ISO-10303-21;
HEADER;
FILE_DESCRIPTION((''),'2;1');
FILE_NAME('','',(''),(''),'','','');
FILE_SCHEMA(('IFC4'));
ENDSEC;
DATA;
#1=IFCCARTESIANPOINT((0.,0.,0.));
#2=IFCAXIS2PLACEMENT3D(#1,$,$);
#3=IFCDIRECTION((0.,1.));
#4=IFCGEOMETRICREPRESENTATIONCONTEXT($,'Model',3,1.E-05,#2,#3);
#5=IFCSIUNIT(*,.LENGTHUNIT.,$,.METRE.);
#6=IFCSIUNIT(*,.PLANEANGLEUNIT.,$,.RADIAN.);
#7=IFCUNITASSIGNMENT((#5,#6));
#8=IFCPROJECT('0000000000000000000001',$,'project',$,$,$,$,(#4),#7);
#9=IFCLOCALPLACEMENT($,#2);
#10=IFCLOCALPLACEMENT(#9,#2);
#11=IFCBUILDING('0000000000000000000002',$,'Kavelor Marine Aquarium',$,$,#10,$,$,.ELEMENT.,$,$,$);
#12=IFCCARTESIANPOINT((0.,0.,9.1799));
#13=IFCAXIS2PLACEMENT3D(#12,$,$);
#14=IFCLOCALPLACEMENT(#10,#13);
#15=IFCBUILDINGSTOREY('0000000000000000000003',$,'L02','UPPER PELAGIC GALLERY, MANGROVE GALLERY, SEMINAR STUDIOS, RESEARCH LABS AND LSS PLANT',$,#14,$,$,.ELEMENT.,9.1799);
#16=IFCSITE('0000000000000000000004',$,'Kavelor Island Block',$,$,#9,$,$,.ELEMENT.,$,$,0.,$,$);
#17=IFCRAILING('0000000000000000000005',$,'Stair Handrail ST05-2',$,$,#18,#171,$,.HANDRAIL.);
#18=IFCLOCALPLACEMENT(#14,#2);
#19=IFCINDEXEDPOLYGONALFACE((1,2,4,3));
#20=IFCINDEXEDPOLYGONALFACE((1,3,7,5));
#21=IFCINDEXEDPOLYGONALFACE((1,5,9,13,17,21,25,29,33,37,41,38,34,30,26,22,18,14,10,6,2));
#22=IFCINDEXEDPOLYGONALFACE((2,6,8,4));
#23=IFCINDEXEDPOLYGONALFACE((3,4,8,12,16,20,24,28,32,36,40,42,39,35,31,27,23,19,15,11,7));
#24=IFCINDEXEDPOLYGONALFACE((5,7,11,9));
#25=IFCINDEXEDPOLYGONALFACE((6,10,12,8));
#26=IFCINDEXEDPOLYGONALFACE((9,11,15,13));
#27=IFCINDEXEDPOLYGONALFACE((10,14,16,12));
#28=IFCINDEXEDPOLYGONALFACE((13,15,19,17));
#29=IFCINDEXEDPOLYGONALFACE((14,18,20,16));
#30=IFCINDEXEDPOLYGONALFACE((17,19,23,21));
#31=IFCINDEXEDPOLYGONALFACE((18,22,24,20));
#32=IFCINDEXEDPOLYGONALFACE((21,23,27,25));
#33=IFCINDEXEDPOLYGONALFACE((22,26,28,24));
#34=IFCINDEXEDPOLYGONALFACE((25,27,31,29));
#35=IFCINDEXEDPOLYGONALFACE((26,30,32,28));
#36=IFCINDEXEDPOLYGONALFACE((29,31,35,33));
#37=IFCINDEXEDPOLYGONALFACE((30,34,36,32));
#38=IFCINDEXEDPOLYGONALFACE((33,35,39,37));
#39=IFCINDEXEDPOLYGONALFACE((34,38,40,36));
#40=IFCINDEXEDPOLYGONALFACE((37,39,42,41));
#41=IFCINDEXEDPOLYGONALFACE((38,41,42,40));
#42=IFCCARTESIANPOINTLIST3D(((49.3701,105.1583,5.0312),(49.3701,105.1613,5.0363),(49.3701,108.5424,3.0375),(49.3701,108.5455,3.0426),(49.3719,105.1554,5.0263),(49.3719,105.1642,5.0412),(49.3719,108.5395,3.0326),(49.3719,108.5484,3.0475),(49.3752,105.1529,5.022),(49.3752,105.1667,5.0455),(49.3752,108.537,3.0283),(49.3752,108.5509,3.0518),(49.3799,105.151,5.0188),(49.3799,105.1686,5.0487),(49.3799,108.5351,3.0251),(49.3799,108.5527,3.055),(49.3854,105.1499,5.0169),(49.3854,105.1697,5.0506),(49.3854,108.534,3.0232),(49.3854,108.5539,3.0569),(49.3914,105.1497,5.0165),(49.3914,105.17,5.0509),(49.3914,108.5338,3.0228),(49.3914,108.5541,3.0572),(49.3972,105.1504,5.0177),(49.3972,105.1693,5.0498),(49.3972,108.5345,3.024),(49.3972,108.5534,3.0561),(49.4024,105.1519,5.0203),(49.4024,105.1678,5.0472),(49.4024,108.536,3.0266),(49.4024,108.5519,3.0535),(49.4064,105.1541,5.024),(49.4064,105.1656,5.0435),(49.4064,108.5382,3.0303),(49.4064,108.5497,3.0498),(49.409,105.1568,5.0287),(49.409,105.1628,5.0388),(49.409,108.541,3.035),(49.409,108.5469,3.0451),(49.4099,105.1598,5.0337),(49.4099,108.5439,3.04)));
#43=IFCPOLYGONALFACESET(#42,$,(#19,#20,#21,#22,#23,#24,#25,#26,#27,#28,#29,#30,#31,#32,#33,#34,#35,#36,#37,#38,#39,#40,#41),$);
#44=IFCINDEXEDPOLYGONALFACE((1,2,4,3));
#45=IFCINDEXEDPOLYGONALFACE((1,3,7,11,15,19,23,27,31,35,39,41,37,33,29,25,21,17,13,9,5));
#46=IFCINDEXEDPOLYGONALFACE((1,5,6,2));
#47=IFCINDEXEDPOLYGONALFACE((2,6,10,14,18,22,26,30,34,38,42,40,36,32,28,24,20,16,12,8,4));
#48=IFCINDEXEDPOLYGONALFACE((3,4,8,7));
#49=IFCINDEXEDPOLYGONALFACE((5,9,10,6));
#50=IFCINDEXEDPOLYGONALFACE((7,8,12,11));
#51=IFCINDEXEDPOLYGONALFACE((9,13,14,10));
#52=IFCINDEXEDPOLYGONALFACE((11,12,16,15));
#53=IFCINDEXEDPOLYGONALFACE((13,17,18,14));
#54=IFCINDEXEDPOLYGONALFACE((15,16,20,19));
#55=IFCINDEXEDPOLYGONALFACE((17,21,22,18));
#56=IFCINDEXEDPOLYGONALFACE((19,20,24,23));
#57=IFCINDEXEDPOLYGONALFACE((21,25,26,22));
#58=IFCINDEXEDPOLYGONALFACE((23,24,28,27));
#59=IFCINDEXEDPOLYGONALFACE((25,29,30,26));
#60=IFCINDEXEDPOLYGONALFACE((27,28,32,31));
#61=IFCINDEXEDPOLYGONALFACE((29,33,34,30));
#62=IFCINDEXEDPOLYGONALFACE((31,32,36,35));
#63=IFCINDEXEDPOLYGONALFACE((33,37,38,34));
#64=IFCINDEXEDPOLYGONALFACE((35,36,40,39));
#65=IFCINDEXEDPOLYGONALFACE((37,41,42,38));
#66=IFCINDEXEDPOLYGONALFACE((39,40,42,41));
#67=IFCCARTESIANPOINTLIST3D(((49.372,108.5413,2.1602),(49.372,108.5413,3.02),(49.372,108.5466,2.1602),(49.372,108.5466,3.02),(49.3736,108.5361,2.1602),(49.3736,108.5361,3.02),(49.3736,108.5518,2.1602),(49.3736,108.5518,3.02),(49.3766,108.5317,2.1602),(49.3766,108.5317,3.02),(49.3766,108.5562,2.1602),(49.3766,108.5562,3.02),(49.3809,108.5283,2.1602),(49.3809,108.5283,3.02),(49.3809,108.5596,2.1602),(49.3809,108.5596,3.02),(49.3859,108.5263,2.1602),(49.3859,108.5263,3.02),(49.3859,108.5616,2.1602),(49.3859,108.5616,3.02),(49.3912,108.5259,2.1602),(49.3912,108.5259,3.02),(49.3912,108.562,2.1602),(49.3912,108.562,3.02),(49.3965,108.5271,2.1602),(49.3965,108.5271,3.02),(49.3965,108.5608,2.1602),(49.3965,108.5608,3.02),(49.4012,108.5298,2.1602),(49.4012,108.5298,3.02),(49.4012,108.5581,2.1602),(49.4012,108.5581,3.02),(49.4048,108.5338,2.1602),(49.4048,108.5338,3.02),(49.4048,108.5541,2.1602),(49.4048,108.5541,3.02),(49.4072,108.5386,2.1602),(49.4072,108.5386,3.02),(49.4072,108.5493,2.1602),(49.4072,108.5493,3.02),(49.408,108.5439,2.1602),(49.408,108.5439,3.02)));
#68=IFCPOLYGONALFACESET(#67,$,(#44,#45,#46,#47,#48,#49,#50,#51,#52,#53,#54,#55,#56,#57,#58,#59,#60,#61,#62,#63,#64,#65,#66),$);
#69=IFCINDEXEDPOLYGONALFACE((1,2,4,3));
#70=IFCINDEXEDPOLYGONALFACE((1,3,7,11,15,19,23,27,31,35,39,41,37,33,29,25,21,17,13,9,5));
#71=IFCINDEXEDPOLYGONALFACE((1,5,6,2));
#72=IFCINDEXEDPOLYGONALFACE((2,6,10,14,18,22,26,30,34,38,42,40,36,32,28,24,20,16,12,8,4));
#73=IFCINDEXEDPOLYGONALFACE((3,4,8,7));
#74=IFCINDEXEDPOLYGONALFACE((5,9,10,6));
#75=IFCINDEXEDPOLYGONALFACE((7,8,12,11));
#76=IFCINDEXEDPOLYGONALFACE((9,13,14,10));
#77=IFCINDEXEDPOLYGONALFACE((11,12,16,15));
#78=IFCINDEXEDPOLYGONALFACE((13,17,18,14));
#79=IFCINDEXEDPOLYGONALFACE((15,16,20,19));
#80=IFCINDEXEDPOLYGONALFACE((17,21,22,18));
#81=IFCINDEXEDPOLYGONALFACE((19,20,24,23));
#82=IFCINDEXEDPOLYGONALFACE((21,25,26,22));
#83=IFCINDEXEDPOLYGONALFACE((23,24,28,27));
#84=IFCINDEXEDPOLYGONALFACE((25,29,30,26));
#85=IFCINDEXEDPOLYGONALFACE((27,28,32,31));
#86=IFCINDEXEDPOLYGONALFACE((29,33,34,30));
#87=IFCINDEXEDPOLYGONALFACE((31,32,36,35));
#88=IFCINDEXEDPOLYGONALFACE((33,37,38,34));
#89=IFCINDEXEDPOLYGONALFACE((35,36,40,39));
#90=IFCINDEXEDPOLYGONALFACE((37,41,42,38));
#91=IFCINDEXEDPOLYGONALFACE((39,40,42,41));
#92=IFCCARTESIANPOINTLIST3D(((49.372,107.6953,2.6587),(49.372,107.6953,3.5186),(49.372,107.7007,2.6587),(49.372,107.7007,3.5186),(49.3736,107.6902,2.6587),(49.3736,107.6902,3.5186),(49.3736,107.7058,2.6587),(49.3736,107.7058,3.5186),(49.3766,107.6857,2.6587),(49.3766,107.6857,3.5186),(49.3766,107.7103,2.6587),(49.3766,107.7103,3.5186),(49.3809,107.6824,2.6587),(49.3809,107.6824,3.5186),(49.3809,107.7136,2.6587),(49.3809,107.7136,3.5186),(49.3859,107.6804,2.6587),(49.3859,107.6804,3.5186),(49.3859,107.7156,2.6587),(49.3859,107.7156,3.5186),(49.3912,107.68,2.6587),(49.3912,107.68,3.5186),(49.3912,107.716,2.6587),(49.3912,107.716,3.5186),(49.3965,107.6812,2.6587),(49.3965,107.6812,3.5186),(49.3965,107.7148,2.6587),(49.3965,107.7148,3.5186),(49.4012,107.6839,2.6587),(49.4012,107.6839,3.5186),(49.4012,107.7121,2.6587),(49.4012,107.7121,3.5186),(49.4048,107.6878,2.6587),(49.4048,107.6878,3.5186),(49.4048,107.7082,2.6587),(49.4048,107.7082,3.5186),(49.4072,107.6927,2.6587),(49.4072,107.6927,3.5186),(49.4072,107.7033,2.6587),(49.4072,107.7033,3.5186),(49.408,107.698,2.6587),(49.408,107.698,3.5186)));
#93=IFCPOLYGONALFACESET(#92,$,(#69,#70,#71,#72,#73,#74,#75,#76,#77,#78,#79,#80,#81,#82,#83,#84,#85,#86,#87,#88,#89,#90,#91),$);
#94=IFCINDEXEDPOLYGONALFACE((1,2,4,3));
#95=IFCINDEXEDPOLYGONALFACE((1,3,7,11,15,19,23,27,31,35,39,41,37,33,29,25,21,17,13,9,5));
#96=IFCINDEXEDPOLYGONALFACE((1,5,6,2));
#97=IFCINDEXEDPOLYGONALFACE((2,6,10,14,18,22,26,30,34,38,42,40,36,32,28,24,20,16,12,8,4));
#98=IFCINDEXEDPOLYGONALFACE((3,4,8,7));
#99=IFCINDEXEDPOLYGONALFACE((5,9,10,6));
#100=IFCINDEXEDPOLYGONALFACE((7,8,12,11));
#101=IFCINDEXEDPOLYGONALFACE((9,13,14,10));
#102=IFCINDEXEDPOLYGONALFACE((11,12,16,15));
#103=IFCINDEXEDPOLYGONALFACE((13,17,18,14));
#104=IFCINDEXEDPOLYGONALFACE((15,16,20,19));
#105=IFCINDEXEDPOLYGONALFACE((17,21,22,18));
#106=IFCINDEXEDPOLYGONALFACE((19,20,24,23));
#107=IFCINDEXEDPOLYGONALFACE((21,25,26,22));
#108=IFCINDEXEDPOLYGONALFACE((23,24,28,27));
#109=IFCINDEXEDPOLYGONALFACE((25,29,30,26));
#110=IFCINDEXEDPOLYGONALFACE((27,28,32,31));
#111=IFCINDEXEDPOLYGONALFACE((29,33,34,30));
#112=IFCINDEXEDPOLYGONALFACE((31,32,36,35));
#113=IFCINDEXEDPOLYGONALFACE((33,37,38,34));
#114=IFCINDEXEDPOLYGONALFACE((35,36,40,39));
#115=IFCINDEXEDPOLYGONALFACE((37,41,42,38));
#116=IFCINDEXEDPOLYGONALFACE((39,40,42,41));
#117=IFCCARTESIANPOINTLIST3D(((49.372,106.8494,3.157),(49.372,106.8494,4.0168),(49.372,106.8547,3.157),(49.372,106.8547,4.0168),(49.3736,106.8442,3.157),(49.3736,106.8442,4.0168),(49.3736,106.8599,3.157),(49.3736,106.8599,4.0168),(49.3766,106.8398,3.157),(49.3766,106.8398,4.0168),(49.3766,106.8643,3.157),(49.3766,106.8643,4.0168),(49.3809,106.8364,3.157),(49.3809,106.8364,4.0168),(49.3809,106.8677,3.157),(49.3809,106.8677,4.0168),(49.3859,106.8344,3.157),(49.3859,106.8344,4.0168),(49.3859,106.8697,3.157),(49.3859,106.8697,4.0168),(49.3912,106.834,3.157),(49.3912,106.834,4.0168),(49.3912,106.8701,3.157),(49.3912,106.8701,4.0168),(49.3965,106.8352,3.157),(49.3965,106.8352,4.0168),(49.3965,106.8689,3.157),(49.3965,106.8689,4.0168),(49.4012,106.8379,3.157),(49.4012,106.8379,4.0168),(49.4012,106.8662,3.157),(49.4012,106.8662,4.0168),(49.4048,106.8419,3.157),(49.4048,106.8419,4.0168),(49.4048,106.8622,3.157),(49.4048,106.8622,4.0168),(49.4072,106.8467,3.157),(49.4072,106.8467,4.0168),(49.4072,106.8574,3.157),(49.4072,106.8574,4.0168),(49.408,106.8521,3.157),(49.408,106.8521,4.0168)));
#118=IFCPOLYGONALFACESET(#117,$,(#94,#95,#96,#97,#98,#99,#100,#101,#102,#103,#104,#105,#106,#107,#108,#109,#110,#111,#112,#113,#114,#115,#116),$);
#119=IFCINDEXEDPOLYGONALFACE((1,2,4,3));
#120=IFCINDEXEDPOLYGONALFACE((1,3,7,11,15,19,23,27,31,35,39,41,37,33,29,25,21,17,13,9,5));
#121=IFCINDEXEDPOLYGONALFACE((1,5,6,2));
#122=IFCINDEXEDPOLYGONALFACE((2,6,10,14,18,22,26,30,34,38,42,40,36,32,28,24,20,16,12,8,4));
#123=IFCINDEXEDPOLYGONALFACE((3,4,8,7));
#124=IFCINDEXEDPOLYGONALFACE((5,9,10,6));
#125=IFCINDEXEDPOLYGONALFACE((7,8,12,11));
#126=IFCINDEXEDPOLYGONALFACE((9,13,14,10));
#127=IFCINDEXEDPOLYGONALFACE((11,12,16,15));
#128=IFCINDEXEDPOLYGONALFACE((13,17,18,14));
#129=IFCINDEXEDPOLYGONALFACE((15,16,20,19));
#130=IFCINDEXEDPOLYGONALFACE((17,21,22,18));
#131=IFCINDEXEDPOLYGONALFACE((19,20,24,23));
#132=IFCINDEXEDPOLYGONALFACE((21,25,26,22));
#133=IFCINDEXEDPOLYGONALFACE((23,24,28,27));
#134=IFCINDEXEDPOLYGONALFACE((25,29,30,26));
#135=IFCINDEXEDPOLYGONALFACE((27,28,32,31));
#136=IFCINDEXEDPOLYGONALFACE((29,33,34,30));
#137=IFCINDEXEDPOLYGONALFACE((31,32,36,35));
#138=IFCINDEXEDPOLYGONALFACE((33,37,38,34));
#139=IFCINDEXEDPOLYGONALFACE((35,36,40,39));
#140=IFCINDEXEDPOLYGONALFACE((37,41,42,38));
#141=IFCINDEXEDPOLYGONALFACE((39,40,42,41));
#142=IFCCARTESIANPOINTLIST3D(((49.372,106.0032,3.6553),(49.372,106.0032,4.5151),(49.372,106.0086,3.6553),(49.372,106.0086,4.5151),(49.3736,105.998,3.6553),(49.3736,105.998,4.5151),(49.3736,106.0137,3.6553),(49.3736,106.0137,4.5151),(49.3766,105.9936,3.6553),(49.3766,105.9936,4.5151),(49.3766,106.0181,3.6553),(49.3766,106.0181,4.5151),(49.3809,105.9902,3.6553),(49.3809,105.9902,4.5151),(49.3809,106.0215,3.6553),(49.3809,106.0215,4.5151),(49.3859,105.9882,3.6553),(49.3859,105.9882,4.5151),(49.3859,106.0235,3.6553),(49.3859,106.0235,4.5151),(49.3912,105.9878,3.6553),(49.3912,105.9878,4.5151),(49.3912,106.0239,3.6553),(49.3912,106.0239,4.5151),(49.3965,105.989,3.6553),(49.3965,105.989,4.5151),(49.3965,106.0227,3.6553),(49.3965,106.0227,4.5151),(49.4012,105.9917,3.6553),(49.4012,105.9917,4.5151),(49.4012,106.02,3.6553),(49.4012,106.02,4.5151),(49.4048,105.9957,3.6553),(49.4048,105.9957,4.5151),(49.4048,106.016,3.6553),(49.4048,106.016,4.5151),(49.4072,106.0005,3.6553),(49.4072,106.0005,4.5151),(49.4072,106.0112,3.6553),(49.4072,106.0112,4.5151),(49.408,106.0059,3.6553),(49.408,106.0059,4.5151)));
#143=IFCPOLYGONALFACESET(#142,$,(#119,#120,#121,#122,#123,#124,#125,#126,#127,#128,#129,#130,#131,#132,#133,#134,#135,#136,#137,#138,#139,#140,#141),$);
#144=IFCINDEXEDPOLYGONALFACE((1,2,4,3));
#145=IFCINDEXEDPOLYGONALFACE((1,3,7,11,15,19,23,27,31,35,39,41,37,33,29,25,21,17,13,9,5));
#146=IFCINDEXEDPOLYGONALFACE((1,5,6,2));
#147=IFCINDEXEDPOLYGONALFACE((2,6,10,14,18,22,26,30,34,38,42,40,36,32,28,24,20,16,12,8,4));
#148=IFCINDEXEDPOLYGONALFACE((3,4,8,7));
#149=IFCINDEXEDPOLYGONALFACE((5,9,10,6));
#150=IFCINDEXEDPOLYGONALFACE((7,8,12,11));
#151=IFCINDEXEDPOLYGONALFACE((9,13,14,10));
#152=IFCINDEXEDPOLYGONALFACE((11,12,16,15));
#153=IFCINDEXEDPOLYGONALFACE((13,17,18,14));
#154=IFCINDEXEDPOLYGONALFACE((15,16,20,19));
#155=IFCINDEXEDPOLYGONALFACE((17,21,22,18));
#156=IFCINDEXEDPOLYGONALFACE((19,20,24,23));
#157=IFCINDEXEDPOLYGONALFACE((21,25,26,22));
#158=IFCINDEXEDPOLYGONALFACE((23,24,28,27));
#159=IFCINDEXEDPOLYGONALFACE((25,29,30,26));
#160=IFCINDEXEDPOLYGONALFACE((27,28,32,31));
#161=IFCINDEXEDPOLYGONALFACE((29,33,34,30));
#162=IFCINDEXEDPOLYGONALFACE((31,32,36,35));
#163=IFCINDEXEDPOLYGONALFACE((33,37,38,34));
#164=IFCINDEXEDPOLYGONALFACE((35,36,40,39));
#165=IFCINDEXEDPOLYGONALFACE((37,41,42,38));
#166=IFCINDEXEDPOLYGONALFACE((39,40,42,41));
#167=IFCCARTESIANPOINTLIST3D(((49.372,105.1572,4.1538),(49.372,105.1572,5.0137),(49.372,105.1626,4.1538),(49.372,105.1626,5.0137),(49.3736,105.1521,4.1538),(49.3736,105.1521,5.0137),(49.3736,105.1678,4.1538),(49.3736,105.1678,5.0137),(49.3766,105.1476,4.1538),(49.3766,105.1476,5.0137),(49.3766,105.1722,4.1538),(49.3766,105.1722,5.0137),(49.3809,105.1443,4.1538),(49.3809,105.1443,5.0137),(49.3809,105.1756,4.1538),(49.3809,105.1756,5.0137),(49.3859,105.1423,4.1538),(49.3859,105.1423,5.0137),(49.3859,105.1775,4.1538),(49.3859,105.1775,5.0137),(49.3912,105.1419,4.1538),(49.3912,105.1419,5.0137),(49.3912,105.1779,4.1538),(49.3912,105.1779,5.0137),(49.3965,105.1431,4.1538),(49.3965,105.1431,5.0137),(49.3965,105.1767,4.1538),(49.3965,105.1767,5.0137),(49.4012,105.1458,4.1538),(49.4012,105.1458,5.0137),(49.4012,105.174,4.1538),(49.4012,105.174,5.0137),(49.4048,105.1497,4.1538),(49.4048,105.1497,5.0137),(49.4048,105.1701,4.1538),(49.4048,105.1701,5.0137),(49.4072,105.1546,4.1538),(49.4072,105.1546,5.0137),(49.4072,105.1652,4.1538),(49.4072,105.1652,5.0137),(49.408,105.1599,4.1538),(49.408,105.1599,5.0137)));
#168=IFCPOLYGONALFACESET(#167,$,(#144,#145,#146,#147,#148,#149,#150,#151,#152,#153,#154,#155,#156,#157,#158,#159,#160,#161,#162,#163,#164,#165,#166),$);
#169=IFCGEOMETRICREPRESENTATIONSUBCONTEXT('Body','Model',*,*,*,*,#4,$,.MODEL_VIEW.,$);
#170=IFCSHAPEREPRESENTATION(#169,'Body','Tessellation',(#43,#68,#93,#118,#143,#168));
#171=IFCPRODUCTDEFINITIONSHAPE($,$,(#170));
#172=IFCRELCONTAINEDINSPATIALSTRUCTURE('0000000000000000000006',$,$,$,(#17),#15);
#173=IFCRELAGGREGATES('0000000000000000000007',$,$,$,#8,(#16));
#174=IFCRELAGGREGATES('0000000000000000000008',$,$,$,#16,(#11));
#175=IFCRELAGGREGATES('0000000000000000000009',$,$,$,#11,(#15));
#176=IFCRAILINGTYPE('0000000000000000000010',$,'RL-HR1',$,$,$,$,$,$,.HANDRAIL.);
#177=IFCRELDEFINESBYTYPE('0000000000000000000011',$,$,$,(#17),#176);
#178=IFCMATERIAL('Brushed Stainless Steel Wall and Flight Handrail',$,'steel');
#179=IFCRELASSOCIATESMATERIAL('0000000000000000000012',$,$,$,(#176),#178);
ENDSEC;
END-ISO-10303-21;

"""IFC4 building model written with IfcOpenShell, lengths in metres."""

from ifc_helpers import new_model, si_unit, direction, frame, origin, origin_2d, place, context, subcontext, project, spatial, circle, extrude, material, type_object, element, save


model = new_model("IFC4")

# Units and contexts
model_context = context("Model", 3, precision=1e-05, world=origin(), true_north=direction((0.0, 1.0)))
body_context = subcontext(model_context, "Body", "Model", "MODEL_VIEW")
ifc_project = project(units=[si_unit("LENGTHUNIT", "METRE"), si_unit("PLANEANGLEUNIT", "RADIAN")], contexts=[model_context])

# Site, building, storey
site_placement = place(None, origin())
site = spatial("IfcSite", under=ifc_project, at=site_placement, Name="Kavelor Island Block", CompositionType="ELEMENT", RefElevation=0.0)
building_placement = place(site_placement, origin())
building = spatial("IfcBuilding", under=site, at=building_placement, Name="Kavelor Marine Aquarium", CompositionType="ELEMENT")
storey_placement = place(building_placement, frame((0.0, 0.0, 9.1799)))
storey = spatial("IfcBuildingStorey", under=building, at=storey_placement, Name="L02", Description="UPPER PELAGIC GALLERY, MANGROVE GALLERY, SEMINAR STUDIOS, RESEARCH LABS AND LSS PLANT", CompositionType="ELEMENT", Elevation=9.1799)

# Railing
ifc_material_1 = material(Name="Brushed Stainless Steel Wall and Flight Handrail", Category="steel")
railing_type_1 = type_object("IfcRailingType", Name="RL-HR1", PredefinedType="HANDRAIL", material=ifc_material_1)
railing_1_placement = place(storey_placement, frame((49.3899, 108.5439, 2.1602)))
element("IfcRailing", 1, at=railing_1_placement, inside=storey, type_object=railing_type_1, Name="Stair Handrail ST05-2", PredefinedType="HANDRAIL", context=body_context, shape_type="SweptSolid", body=[
    extrude(circle(Radius=0.02, at=origin_2d()), frame((0.0, 0.0, 0.8799), z_axis=(0.0, -0.861595, 0.507596), x_axis=(1.0, 0.0, 0.0)), (0.0, 0.0, 1.0), 3.9277),
    extrude(circle(Radius=0.0181, at=origin_2d()), origin(), (0.0, 0.0, 1.0), 0.8599),
    extrude(circle(Radius=0.0181, at=origin_2d()), frame((0.0, -0.8459, 0.4985)), (0.0, 0.0, 1.0), 0.8599),
    extrude(circle(Radius=0.0181, at=origin_2d()), frame((0.0, -1.6919, 0.9968)), (0.0, 0.0, 1.0), 0.8599),
    extrude(circle(Radius=0.0181, at=origin_2d()), frame((0.0, -2.5381, 1.4951)), (0.0, 0.0, 1.0), 0.8599),
    extrude(circle(Radius=0.0181, at=origin_2d()), frame((0.0, -3.384, 1.9937)), (0.0, 0.0, 1.0), 0.8599),
])

save(model, "model.ifc")
